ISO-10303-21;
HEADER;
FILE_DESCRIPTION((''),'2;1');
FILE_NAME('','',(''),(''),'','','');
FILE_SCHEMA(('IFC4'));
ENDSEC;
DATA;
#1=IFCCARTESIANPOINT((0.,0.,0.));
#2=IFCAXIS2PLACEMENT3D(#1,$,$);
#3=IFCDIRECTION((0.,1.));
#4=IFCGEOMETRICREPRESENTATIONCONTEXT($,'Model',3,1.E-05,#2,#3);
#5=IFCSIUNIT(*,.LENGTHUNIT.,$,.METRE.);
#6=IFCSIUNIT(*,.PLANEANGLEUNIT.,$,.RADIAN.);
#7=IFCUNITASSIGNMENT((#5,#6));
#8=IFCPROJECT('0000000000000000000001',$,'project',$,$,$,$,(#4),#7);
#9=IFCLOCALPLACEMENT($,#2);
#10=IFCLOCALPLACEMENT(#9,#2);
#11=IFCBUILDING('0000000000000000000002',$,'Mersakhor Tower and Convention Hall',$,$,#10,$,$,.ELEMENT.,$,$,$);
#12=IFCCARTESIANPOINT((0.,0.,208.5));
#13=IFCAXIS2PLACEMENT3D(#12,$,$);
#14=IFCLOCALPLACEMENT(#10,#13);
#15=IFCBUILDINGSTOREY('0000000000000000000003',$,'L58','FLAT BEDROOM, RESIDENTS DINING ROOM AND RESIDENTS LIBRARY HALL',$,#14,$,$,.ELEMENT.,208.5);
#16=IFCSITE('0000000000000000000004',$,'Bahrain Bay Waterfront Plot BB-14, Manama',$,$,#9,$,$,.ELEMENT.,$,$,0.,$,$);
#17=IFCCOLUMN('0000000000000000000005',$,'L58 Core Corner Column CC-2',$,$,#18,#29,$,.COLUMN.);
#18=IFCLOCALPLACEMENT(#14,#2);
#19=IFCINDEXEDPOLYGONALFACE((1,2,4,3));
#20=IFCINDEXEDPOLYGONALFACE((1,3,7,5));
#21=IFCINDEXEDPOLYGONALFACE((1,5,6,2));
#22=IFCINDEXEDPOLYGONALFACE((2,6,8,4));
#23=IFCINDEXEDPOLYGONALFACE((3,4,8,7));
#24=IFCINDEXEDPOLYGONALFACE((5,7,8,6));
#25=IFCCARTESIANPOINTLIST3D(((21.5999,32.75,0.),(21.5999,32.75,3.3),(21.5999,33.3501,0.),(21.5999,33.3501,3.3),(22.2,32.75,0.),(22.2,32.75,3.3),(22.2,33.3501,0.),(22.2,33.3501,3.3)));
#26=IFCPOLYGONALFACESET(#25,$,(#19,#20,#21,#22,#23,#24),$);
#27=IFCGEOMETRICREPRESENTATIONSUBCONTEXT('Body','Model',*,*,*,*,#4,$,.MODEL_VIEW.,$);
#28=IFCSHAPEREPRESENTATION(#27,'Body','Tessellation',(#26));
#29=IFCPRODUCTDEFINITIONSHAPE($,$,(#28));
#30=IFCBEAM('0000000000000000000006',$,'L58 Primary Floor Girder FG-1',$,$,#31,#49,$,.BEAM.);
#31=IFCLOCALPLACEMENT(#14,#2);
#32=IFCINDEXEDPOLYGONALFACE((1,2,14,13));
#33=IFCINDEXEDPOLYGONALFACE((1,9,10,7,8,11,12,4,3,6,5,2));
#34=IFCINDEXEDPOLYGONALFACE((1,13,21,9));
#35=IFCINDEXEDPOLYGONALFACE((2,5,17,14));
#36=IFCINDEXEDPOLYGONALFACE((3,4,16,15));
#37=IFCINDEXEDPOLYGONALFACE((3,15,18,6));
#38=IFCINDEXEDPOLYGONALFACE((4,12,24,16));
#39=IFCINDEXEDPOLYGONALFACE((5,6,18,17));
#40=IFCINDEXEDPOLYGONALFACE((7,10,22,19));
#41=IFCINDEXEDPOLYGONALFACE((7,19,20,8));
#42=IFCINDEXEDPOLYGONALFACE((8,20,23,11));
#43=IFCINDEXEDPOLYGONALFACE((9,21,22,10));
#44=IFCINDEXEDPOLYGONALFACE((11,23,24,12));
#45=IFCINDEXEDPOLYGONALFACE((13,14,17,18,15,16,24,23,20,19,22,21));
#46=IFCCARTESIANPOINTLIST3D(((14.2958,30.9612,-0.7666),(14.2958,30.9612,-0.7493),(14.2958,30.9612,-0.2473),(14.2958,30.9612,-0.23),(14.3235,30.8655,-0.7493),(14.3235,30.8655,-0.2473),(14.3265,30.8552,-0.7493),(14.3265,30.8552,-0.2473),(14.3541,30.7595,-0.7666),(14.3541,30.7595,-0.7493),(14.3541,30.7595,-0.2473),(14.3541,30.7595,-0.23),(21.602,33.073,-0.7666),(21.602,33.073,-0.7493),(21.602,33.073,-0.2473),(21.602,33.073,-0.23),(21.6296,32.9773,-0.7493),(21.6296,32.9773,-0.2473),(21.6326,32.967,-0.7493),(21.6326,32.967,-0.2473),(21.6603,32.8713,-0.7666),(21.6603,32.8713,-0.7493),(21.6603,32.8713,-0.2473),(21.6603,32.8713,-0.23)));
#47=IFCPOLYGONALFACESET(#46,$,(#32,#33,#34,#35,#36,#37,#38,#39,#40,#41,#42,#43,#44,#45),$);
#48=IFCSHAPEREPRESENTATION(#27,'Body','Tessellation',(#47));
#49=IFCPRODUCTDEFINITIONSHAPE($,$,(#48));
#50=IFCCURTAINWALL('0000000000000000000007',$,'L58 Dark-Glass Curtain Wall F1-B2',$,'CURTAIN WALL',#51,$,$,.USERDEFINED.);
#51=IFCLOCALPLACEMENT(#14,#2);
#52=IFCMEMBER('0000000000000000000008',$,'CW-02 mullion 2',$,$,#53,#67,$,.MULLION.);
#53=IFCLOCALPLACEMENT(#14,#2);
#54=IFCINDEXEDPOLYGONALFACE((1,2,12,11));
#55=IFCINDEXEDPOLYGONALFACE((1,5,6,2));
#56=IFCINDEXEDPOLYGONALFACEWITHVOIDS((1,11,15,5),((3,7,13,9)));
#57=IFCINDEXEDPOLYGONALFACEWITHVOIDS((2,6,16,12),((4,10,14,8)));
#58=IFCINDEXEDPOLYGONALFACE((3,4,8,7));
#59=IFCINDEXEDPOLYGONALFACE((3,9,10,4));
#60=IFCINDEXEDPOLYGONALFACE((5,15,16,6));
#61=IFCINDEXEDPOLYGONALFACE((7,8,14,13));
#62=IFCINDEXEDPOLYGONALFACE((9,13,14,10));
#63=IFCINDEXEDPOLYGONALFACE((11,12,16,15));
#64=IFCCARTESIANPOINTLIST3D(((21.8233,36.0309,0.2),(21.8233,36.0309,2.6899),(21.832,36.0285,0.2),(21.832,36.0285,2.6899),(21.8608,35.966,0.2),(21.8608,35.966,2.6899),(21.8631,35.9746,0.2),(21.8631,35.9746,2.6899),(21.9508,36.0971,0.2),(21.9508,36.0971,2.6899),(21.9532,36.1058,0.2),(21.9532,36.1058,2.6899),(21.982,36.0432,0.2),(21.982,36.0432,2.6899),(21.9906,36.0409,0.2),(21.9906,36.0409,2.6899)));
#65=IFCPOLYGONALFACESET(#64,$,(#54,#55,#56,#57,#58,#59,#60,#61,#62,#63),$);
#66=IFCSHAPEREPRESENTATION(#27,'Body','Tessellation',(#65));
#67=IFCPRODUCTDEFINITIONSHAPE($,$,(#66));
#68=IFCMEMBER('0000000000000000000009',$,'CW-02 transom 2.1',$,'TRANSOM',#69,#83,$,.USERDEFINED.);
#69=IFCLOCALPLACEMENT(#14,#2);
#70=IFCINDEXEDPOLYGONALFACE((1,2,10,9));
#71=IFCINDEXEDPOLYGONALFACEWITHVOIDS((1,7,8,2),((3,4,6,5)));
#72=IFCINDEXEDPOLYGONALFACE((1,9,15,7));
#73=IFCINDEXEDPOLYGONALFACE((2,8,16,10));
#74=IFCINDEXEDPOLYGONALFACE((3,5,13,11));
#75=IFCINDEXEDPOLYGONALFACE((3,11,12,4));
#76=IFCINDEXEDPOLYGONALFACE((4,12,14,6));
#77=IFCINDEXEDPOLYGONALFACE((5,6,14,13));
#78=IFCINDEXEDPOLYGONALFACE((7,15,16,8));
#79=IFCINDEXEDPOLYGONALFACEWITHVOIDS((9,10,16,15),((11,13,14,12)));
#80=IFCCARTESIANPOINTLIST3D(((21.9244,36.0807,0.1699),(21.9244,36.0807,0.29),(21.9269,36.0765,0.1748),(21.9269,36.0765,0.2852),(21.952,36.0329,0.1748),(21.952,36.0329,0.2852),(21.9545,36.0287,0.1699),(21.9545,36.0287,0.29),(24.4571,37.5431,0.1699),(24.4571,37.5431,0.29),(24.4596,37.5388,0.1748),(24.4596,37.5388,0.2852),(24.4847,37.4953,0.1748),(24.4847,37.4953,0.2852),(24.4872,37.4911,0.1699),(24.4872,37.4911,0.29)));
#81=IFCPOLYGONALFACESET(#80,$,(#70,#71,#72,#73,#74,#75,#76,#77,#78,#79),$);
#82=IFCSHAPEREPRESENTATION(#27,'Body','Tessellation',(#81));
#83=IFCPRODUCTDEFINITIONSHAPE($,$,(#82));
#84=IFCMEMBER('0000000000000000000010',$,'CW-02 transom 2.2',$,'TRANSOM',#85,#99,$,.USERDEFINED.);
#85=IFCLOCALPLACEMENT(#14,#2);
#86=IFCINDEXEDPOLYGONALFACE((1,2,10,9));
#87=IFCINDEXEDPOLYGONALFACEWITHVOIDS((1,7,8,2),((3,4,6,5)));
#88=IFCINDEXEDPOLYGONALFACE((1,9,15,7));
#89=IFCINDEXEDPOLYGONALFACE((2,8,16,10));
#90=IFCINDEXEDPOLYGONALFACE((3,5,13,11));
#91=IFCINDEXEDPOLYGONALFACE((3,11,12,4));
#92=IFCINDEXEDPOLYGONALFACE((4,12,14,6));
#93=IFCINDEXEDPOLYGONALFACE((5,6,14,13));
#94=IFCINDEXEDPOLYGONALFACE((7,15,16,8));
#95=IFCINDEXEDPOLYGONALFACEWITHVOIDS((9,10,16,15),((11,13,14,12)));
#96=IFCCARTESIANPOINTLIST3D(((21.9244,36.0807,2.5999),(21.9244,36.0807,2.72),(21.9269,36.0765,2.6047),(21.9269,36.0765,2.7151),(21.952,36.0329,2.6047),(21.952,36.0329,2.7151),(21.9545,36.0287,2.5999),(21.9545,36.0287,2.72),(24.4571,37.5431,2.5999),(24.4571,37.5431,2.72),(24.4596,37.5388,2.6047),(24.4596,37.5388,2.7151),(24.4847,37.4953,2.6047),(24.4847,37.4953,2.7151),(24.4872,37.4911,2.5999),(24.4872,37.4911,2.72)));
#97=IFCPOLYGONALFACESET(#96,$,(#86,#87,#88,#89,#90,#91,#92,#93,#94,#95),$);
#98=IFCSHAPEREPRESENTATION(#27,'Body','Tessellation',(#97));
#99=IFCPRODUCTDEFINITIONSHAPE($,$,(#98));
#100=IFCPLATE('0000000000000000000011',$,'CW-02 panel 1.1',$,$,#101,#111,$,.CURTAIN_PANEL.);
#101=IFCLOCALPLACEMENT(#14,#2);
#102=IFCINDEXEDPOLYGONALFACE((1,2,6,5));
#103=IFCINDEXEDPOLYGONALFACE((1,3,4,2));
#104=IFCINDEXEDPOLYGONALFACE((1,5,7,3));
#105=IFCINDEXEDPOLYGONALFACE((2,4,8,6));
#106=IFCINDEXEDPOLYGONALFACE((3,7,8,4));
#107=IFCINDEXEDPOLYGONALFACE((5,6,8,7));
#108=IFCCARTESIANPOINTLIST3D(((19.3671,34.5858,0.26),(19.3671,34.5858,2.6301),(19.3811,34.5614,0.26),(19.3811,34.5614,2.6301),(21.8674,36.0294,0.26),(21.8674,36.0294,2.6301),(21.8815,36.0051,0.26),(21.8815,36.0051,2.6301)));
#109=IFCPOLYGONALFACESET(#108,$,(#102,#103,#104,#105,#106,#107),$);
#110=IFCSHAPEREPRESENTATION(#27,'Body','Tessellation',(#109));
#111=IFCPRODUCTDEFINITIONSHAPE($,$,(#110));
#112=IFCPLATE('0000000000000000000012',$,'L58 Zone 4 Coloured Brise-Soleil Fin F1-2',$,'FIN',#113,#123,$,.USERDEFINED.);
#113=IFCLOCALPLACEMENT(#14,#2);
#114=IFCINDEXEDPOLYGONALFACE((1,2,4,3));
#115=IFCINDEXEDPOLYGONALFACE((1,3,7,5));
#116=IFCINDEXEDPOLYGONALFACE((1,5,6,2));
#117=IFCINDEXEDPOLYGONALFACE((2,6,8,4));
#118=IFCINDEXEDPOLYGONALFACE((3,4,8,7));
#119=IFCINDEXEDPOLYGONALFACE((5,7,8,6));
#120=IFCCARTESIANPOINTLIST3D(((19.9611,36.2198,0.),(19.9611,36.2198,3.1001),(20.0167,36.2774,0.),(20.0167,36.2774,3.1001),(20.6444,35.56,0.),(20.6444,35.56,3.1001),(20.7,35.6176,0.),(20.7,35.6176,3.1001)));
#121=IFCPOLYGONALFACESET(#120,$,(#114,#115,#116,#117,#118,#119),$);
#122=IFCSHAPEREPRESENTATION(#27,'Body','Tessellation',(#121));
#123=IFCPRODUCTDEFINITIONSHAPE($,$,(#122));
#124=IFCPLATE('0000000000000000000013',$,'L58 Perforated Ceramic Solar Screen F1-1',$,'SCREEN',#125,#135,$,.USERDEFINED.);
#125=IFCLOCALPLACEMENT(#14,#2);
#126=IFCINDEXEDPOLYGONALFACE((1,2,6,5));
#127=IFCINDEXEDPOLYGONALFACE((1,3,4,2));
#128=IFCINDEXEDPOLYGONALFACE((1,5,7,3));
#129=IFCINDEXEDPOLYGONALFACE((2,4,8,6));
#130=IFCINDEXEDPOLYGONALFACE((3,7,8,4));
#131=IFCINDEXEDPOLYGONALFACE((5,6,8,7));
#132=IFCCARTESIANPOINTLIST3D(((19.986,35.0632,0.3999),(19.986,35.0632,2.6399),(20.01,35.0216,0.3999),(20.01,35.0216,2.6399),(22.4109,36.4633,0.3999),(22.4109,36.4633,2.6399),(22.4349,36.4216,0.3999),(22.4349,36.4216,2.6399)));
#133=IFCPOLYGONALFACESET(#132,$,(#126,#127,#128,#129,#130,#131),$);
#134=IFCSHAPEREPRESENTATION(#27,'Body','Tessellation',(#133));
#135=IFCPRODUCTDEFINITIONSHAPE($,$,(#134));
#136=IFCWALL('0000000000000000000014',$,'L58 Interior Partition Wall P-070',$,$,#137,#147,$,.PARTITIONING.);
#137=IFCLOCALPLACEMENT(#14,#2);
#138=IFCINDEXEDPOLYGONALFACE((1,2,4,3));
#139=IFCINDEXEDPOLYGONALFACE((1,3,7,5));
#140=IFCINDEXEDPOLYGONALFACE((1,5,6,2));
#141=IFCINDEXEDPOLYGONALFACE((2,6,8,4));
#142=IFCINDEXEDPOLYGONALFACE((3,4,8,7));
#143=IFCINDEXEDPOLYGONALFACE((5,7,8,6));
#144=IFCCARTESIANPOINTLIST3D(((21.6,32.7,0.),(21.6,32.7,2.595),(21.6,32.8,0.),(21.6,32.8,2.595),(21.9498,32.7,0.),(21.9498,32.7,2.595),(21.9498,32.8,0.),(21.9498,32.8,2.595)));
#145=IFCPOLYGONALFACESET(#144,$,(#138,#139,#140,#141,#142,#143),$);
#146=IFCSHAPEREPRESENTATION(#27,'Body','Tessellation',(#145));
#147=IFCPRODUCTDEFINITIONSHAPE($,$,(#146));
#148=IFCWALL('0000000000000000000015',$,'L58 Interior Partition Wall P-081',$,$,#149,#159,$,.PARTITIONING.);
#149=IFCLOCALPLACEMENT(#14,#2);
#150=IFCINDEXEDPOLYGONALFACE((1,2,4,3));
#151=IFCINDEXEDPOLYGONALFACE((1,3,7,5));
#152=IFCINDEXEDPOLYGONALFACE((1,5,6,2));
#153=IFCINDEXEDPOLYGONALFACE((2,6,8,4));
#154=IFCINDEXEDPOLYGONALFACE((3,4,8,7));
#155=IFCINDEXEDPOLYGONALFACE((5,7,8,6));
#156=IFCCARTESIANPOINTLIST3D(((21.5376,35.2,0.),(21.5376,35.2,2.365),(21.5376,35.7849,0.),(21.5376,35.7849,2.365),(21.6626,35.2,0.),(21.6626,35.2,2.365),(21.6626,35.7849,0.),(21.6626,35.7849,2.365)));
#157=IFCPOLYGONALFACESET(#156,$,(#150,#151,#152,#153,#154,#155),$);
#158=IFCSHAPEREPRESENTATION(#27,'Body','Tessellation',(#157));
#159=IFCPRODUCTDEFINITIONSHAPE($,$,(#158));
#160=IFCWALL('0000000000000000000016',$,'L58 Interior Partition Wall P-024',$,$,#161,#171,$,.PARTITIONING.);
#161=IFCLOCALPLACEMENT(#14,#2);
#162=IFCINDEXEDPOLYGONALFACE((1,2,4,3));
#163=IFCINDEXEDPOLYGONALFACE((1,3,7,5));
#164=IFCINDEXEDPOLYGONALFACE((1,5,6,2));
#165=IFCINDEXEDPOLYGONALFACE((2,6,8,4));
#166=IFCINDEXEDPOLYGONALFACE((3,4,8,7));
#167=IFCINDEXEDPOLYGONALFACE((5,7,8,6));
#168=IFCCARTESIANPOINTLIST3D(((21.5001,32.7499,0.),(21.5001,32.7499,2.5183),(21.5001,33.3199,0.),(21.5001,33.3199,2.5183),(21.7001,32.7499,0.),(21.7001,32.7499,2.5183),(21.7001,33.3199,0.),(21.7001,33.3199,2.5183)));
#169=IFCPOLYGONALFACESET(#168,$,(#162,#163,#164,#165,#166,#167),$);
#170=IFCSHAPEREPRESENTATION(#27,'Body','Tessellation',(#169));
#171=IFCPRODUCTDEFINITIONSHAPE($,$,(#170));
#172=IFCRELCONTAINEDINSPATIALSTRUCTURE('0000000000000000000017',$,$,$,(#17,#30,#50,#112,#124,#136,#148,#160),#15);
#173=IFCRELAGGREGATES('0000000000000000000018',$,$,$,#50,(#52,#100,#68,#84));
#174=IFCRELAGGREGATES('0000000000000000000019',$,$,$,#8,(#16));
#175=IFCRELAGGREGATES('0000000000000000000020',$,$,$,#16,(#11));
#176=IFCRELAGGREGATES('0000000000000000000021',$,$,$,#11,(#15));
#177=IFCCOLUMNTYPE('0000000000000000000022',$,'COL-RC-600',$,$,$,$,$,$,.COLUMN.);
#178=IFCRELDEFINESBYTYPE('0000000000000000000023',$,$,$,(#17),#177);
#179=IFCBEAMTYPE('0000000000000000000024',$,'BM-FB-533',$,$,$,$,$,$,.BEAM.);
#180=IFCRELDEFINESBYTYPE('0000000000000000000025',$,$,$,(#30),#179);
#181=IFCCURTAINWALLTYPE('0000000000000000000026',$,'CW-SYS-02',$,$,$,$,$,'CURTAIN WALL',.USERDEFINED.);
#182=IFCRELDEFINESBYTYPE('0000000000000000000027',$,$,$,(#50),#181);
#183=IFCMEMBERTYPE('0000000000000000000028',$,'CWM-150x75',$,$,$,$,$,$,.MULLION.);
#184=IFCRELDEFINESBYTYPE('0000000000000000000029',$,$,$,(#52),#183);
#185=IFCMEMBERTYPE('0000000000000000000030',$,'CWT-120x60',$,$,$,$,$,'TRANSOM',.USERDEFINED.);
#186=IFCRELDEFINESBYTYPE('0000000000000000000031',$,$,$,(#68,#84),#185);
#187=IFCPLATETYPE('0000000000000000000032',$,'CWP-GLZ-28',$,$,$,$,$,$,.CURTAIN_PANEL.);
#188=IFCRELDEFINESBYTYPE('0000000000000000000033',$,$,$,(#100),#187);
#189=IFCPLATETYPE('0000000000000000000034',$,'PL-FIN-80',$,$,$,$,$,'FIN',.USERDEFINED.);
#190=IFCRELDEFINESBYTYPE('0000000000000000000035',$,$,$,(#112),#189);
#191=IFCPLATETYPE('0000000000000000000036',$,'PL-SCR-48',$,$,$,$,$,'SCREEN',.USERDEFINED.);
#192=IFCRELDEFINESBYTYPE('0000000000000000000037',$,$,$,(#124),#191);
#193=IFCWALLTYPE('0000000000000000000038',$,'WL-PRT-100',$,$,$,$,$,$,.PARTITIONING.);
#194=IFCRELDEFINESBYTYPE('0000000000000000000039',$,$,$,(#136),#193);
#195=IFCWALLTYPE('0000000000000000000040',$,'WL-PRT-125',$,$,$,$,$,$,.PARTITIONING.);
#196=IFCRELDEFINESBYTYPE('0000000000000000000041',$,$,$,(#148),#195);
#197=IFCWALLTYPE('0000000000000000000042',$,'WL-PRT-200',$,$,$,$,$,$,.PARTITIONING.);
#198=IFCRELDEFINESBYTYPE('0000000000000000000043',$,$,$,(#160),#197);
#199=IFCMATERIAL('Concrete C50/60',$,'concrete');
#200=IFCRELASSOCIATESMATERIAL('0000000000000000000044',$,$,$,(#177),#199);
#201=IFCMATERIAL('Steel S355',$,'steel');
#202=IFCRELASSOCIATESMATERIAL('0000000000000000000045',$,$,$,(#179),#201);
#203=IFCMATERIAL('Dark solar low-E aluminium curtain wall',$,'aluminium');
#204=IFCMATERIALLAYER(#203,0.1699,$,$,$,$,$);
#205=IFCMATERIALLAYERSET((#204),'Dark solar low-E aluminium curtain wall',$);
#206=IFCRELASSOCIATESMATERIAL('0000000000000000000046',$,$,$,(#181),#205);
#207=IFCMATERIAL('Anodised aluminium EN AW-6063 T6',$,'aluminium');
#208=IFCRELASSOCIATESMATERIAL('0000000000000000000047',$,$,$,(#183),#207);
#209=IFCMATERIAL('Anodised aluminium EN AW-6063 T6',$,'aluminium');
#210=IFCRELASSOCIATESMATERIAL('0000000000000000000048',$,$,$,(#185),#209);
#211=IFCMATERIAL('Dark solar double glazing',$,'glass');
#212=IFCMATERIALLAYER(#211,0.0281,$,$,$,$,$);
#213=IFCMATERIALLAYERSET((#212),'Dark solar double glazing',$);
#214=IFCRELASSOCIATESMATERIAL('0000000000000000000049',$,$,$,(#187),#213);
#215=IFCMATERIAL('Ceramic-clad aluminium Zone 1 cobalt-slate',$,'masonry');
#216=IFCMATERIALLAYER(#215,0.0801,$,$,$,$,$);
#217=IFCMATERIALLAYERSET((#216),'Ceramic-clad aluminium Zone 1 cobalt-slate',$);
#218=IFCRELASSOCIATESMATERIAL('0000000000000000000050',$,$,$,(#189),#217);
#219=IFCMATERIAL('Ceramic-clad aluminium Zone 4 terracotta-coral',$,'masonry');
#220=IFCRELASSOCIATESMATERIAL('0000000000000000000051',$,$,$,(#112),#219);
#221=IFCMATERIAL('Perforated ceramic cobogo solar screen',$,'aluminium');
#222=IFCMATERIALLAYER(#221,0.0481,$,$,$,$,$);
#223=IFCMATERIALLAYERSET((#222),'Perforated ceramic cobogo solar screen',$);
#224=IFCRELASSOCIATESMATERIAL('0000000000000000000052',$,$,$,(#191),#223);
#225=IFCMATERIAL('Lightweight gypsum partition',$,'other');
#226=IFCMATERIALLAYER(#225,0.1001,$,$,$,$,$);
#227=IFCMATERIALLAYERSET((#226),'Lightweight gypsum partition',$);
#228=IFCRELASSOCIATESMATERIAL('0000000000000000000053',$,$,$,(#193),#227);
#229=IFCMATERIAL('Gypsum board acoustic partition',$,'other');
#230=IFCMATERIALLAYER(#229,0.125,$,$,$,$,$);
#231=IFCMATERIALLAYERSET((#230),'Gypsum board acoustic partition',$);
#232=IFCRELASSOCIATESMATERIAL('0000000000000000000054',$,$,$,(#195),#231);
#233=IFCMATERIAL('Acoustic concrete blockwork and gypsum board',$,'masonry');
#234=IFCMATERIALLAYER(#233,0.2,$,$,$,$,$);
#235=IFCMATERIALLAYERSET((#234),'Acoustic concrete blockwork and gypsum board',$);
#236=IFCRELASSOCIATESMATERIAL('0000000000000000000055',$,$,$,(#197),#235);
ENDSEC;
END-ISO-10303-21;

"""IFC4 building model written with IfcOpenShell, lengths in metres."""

from ifc_helpers import new_model, si_unit, direction, frame, frame_2d, origin, origin_2d, place, context, subcontext, project, spatial, rectangle, hollow_rectangle, i_section, extrude, material, layer, layer_set, material_profile, profile_set, type_object, element, aggregate, save


model = new_model("IFC4")

# Units and contexts
model_context = context("Model", 3, precision=1e-05, world=origin(), true_north=direction((0.0, 1.0)))
body_context = subcontext(model_context, "Body", "Model", "MODEL_VIEW")
ifc_project = project(units=[si_unit("LENGTHUNIT", "METRE"), si_unit("PLANEANGLEUNIT", "RADIAN")], contexts=[model_context])

# Site, building, storey
site_placement = place(None, origin())
site = spatial("IfcSite", under=ifc_project, at=site_placement, Name="Bahrain Bay Waterfront Plot BB-14, Manama", CompositionType="ELEMENT", RefElevation=0.0)
building_placement = place(site_placement, origin())
building = spatial("IfcBuilding", under=site, at=building_placement, Name="Mersakhor Tower and Convention Hall", CompositionType="ELEMENT")
storey_placement = place(building_placement, frame((0.0, 0.0, 208.5)))
storey = spatial("IfcBuildingStorey", under=building, at=storey_placement, Name="L58", Description="FLAT BEDROOM, RESIDENTS DINING ROOM AND RESIDENTS LIBRARY HALL", CompositionType="ELEMENT", Elevation=208.5)

# Column
ifc_material_1 = material(Name="Concrete C50/60", Category="concrete")
ifc_material_profile_1 = material_profile(ifc_material_1, rectangle(XDim=0.6001, YDim=0.6001, at=origin_2d()), Name="RC 600x600")
ifc_profile_set_1 = profile_set([ifc_material_profile_1], Name="Concrete C50/60")
column_type = type_object("IfcColumnType", Name="COL-RC-600", PredefinedType="COLUMN", material=ifc_profile_set_1)
column_placement = place(storey_placement, frame((21.8999, 33.05, 0.0), z_axis=(0.0, 0.0, 1.0), x_axis=(1.0, 0.0, 0.0)))
element("IfcColumn", 1, at=column_placement, inside=storey, type_object=column_type, Name="L58 Core Corner Column CC-2", PredefinedType="COLUMN", context=body_context, shape_type="SweptSolid", body=[
    extrude(rectangle(XDim=0.6001, YDim=0.6001, at=origin_2d()), origin(), (0.0, 0.0, 1.0), 3.3),
])

# Beam
ifc_material_2 = material(Name="Steel S355", Category="steel")
ifc_material_profile_2 = material_profile(ifc_material_2, i_section(OverallWidth=0.21, OverallDepth=0.5366, WebThickness=0.0107, FlangeThickness=0.0173, at=origin_2d()), Name="UB 533x210x101")
ifc_profile_set_2 = profile_set([ifc_material_profile_2], Name="Steel S355")
beam_type = type_object("IfcBeamType", Name="BM-FB-533", PredefinedType="BEAM", material=ifc_profile_set_2)
beam_placement = place(storey_placement, frame((21.6311, 32.9722, -0.4983), z_axis=(-0.960674, -0.277679, 0.0), x_axis=(0.277679, -0.960674, 0.0)))
element("IfcBeam", 2, at=beam_placement, inside=storey, type_object=beam_type, Name="L58 Primary Floor Girder FG-1", PredefinedType="BEAM", context=body_context, shape_type="SweptSolid", body=[
    extrude(i_section(OverallWidth=0.21, OverallDepth=0.5366, WebThickness=0.0107, FlangeThickness=0.0173, at=origin_2d()), origin(), (0.0, 0.0, 1.0), 7.6052),
])

# Curtain wall, members, plate
ifc_material_3 = material(Name="Dark solar low-E aluminium curtain wall", Category="aluminium")
ifc_layer_1 = layer(ifc_material_3, 0.1699)
ifc_layer_set_1 = layer_set([ifc_layer_1], Name="Dark solar low-E aluminium curtain wall")
curtain_wall_type = type_object("IfcCurtainWallType", Name="CW-SYS-02", ElementType="CURTAIN WALL", PredefinedType="USERDEFINED", material=ifc_layer_set_1)
curtain_wall_placement = place(storey_placement, origin())
curtain_wall = element("IfcCurtainWall", 3, at=curtain_wall_placement, inside=storey, type_object=curtain_wall_type, Name="L58 Dark-Glass Curtain Wall F1-B2", ObjectType="CURTAIN WALL", PredefinedType="USERDEFINED")
ifc_material_4 = material(Name="Anodised aluminium EN AW-6063 T6", Category="aluminium")
ifc_material_profile_3 = material_profile(ifc_material_4, hollow_rectangle(XDim=0.075, YDim=0.1499, WallThickness=0.0063, at=origin_2d()), Name="RHS 150x75x6.3")
ifc_profile_set_3 = profile_set([ifc_material_profile_3], Name="Anodised aluminium EN AW-6063 T6")
member_type_1 = type_object("IfcMemberType", Name="CWM-150x75", PredefinedType="MULLION", material=ifc_profile_set_3)
member_1_placement = place(storey_placement, frame((21.907, 36.0359, 0.2), z_axis=(0.0, 0.0, 1.0), x_axis=(-0.500008, 0.866021, 0.0)))
member_1 = element("IfcMember", 4, at=member_1_placement, type_object=member_type_1, Name="CW-02 mullion 2", PredefinedType="MULLION", context=body_context, shape_type="SweptSolid", body=[
    extrude(hollow_rectangle(XDim=0.075, YDim=0.1499, WallThickness=0.0063, at=origin_2d()), origin(), (0.0, 0.0, 1.0), 2.49),
])
ifc_material_5 = material(Name="Anodised aluminium EN AW-6063 T6", Category="aluminium")
ifc_material_profile_4 = material_profile(ifc_material_5, hollow_rectangle(XDim=0.0601, YDim=0.1201, WallThickness=0.0049, at=origin_2d()), Name="RHS 120x60x5")
ifc_profile_set_4 = profile_set([ifc_material_profile_4], Name="Anodised aluminium EN AW-6063 T6")
member_type_2 = type_object("IfcMemberType", Name="CWT-120x60", ElementType="TRANSOM", PredefinedType="USERDEFINED", material=ifc_profile_set_4)
member_2_placement = place(storey_placement, frame((21.9395, 36.0547, 0.23), z_axis=(0.866005, 0.500036, 0.0), x_axis=(-0.500036, 0.866005, 0.0)))
member_2 = element("IfcMember", 5, at=member_2_placement, type_object=member_type_2, Name="CW-02 transom 2.1", ObjectType="TRANSOM", PredefinedType="USERDEFINED", context=body_context, shape_type="SweptSolid", body=[
    extrude(hollow_rectangle(XDim=0.0601, YDim=0.1201, WallThickness=0.0049, at=origin_2d()), origin(), (0.0, 0.0, 1.0), 2.9246),
])
member_3_placement = place(storey_placement, frame((21.9395, 36.0547, 2.6599), z_axis=(0.866005, 0.500036, 0.0), x_axis=(-0.500036, 0.866005, 0.0)))
member_3 = element("IfcMember", 6, at=member_3_placement, type_object=member_type_2, Name="CW-02 transom 2.2", ObjectType="TRANSOM", PredefinedType="USERDEFINED", context=body_context, shape_type="SweptSolid", body=[
    extrude(hollow_rectangle(XDim=0.0601, YDim=0.1201, WallThickness=0.0049, at=origin_2d()), origin(), (0.0, 0.0, 1.0), 2.9246),
])
ifc_material_6 = material(Name="Dark solar double glazing", Category="glass")
ifc_layer_2 = layer(ifc_material_6, 0.0281)
ifc_layer_set_2 = layer_set([ifc_layer_2], Name="Dark solar double glazing")
plate_type_1 = type_object("IfcPlateType", Name="CWP-GLZ-28", PredefinedType="CURTAIN_PANEL", material=ifc_layer_set_2)
plate_1_placement = place(storey_placement, frame((20.6243, 35.2954, 0.26), z_axis=(0.0, 0.0, 1.0), x_axis=(0.866021, 0.500008, 0.0)))
plate_1 = element("IfcPlate", 7, at=plate_1_placement, type_object=plate_type_1, Name="CW-02 panel 1.1", PredefinedType="CURTAIN_PANEL", context=body_context, shape_type="SweptSolid", body=[
    extrude(rectangle(XDim=2.8872, YDim=0.0281, at=origin_2d()), origin(), (0.0, 0.0, 1.0), 2.3701),
])
aggregate(curtain_wall, [member_1, plate_1, member_2, member_3])

# Plates
ifc_material_7 = material(Name="Ceramic-clad aluminium Zone 4 terracotta-coral", Category="masonry")
ifc_material_8 = material(Name="Ceramic-clad aluminium Zone 1 cobalt-slate", Category="masonry")
ifc_layer_3 = layer(ifc_material_8, 0.0801)
ifc_layer_set_3 = layer_set([ifc_layer_3], Name="Ceramic-clad aluminium Zone 1 cobalt-slate")
plate_type_2 = type_object("IfcPlateType", Name="PL-FIN-80", ElementType="FIN", PredefinedType="USERDEFINED", material=ifc_layer_set_3)
plate_2_placement = place(storey_placement, frame((20.3306, 35.9187, 0.0), z_axis=(0.0, 0.0, 1.0), x_axis=(-0.71934, 0.694658, 0.0)))
element("IfcPlate", 8, at=plate_2_placement, inside=storey, type_object=plate_type_2, material=ifc_material_7, Name="L58 Zone 4 Coloured Brise-Soleil Fin F1-2", ObjectType="FIN", PredefinedType="USERDEFINED", context=body_context, shape_type="SweptSolid", body=[
    extrude(rectangle(XDim=0.95, YDim=0.0801, at=origin_2d()), origin(), (0.0, 0.0, 1.0), 3.1001),
])
ifc_material_9 = material(Name="Perforated ceramic cobogo solar screen", Category="aluminium")
ifc_layer_4 = layer(ifc_material_9, 0.0481)
ifc_layer_set_4 = layer_set([ifc_layer_4], Name="Perforated ceramic cobogo solar screen")
plate_type_3 = type_object("IfcPlateType", Name="PL-SCR-48", ElementType="SCREEN", PredefinedType="USERDEFINED", material=ifc_layer_set_4)
plate_3_placement = place(storey_placement, frame((21.2104, 35.7424, 0.3999), z_axis=(0.0, 0.0, 1.0), x_axis=(0.866025, 0.5, 0.0)))
element("IfcPlate", 9, at=plate_3_placement, inside=storey, type_object=plate_type_3, Name="L58 Perforated Ceramic Solar Screen F1-1", ObjectType="SCREEN", PredefinedType="USERDEFINED", context=body_context, shape_type="SweptSolid", body=[
    extrude(rectangle(XDim=2.8, YDim=0.0481, at=origin_2d()), origin(), (0.0, 0.0, 1.0), 2.24),
])

# Walls
ifc_material_10 = material(Name="Lightweight gypsum partition", Category="other")
ifc_layer_5 = layer(ifc_material_10, 0.1001)
ifc_layer_set_5 = layer_set([ifc_layer_5], Name="Lightweight gypsum partition")
wall_type_1 = type_object("IfcWallType", Name="WL-PRT-100", PredefinedType="PARTITIONING", material=ifc_layer_set_5)
wall_1_placement = place(storey_placement, frame((21.6001, 32.75, 0.0), z_axis=(0.0, 0.0, 1.0), x_axis=(1.0, 0.0, 0.0)))
element("IfcWall", 10, at=wall_1_placement, inside=storey, type_object=wall_type_1, Name="L58 Interior Partition Wall P-070", PredefinedType="PARTITIONING", context=body_context, shape_type="SweptSolid", body=[
    extrude(rectangle(XDim=0.3499, YDim=0.1001, at=frame_2d((0.1748, 0.0))), origin(), (0.0, 0.0, 1.0), 2.595),
])
ifc_material_11 = material(Name="Gypsum board acoustic partition", Category="other")
ifc_layer_6 = layer(ifc_material_11, 0.125)
ifc_layer_set_6 = layer_set([ifc_layer_6], Name="Gypsum board acoustic partition")
wall_type_2 = type_object("IfcWallType", Name="WL-PRT-125", PredefinedType="PARTITIONING", material=ifc_layer_set_6)
wall_2_placement = place(storey_placement, frame((21.6001, 35.2, 0.0), z_axis=(0.0, 0.0, 1.0), x_axis=(0.0, 1.0, 0.0)))
element("IfcWall", 11, at=wall_2_placement, inside=storey, type_object=wall_type_2, Name="L58 Interior Partition Wall P-081", PredefinedType="PARTITIONING", context=body_context, shape_type="SweptSolid", body=[
    extrude(rectangle(XDim=0.585, YDim=0.125, at=frame_2d((0.2925, 0.0))), origin(), (0.0, 0.0, 1.0), 2.365),
])
ifc_material_12 = material(Name="Acoustic concrete blockwork and gypsum board", Category="masonry")
ifc_layer_7 = layer(ifc_material_12, 0.2)
ifc_layer_set_7 = layer_set([ifc_layer_7], Name="Acoustic concrete blockwork and gypsum board")
wall_type_3 = type_object("IfcWallType", Name="WL-PRT-200", PredefinedType="PARTITIONING", material=ifc_layer_set_7)
wall_3_placement = place(storey_placement, frame((21.6001, 33.3201, 0.0), z_axis=(0.0, 0.0, 1.0), x_axis=(0.0, -1.0, 0.0)))
element("IfcWall", 12, at=wall_3_placement, inside=storey, type_object=wall_type_3, Name="L58 Interior Partition Wall P-024", PredefinedType="PARTITIONING", context=body_context, shape_type="SweptSolid", body=[
    extrude(rectangle(XDim=0.5701, YDim=0.2, at=frame_2d((0.2852, 0.0))), origin(), (0.0, 0.0, 1.0), 2.5183),
])

save(model, "model.ifc")
